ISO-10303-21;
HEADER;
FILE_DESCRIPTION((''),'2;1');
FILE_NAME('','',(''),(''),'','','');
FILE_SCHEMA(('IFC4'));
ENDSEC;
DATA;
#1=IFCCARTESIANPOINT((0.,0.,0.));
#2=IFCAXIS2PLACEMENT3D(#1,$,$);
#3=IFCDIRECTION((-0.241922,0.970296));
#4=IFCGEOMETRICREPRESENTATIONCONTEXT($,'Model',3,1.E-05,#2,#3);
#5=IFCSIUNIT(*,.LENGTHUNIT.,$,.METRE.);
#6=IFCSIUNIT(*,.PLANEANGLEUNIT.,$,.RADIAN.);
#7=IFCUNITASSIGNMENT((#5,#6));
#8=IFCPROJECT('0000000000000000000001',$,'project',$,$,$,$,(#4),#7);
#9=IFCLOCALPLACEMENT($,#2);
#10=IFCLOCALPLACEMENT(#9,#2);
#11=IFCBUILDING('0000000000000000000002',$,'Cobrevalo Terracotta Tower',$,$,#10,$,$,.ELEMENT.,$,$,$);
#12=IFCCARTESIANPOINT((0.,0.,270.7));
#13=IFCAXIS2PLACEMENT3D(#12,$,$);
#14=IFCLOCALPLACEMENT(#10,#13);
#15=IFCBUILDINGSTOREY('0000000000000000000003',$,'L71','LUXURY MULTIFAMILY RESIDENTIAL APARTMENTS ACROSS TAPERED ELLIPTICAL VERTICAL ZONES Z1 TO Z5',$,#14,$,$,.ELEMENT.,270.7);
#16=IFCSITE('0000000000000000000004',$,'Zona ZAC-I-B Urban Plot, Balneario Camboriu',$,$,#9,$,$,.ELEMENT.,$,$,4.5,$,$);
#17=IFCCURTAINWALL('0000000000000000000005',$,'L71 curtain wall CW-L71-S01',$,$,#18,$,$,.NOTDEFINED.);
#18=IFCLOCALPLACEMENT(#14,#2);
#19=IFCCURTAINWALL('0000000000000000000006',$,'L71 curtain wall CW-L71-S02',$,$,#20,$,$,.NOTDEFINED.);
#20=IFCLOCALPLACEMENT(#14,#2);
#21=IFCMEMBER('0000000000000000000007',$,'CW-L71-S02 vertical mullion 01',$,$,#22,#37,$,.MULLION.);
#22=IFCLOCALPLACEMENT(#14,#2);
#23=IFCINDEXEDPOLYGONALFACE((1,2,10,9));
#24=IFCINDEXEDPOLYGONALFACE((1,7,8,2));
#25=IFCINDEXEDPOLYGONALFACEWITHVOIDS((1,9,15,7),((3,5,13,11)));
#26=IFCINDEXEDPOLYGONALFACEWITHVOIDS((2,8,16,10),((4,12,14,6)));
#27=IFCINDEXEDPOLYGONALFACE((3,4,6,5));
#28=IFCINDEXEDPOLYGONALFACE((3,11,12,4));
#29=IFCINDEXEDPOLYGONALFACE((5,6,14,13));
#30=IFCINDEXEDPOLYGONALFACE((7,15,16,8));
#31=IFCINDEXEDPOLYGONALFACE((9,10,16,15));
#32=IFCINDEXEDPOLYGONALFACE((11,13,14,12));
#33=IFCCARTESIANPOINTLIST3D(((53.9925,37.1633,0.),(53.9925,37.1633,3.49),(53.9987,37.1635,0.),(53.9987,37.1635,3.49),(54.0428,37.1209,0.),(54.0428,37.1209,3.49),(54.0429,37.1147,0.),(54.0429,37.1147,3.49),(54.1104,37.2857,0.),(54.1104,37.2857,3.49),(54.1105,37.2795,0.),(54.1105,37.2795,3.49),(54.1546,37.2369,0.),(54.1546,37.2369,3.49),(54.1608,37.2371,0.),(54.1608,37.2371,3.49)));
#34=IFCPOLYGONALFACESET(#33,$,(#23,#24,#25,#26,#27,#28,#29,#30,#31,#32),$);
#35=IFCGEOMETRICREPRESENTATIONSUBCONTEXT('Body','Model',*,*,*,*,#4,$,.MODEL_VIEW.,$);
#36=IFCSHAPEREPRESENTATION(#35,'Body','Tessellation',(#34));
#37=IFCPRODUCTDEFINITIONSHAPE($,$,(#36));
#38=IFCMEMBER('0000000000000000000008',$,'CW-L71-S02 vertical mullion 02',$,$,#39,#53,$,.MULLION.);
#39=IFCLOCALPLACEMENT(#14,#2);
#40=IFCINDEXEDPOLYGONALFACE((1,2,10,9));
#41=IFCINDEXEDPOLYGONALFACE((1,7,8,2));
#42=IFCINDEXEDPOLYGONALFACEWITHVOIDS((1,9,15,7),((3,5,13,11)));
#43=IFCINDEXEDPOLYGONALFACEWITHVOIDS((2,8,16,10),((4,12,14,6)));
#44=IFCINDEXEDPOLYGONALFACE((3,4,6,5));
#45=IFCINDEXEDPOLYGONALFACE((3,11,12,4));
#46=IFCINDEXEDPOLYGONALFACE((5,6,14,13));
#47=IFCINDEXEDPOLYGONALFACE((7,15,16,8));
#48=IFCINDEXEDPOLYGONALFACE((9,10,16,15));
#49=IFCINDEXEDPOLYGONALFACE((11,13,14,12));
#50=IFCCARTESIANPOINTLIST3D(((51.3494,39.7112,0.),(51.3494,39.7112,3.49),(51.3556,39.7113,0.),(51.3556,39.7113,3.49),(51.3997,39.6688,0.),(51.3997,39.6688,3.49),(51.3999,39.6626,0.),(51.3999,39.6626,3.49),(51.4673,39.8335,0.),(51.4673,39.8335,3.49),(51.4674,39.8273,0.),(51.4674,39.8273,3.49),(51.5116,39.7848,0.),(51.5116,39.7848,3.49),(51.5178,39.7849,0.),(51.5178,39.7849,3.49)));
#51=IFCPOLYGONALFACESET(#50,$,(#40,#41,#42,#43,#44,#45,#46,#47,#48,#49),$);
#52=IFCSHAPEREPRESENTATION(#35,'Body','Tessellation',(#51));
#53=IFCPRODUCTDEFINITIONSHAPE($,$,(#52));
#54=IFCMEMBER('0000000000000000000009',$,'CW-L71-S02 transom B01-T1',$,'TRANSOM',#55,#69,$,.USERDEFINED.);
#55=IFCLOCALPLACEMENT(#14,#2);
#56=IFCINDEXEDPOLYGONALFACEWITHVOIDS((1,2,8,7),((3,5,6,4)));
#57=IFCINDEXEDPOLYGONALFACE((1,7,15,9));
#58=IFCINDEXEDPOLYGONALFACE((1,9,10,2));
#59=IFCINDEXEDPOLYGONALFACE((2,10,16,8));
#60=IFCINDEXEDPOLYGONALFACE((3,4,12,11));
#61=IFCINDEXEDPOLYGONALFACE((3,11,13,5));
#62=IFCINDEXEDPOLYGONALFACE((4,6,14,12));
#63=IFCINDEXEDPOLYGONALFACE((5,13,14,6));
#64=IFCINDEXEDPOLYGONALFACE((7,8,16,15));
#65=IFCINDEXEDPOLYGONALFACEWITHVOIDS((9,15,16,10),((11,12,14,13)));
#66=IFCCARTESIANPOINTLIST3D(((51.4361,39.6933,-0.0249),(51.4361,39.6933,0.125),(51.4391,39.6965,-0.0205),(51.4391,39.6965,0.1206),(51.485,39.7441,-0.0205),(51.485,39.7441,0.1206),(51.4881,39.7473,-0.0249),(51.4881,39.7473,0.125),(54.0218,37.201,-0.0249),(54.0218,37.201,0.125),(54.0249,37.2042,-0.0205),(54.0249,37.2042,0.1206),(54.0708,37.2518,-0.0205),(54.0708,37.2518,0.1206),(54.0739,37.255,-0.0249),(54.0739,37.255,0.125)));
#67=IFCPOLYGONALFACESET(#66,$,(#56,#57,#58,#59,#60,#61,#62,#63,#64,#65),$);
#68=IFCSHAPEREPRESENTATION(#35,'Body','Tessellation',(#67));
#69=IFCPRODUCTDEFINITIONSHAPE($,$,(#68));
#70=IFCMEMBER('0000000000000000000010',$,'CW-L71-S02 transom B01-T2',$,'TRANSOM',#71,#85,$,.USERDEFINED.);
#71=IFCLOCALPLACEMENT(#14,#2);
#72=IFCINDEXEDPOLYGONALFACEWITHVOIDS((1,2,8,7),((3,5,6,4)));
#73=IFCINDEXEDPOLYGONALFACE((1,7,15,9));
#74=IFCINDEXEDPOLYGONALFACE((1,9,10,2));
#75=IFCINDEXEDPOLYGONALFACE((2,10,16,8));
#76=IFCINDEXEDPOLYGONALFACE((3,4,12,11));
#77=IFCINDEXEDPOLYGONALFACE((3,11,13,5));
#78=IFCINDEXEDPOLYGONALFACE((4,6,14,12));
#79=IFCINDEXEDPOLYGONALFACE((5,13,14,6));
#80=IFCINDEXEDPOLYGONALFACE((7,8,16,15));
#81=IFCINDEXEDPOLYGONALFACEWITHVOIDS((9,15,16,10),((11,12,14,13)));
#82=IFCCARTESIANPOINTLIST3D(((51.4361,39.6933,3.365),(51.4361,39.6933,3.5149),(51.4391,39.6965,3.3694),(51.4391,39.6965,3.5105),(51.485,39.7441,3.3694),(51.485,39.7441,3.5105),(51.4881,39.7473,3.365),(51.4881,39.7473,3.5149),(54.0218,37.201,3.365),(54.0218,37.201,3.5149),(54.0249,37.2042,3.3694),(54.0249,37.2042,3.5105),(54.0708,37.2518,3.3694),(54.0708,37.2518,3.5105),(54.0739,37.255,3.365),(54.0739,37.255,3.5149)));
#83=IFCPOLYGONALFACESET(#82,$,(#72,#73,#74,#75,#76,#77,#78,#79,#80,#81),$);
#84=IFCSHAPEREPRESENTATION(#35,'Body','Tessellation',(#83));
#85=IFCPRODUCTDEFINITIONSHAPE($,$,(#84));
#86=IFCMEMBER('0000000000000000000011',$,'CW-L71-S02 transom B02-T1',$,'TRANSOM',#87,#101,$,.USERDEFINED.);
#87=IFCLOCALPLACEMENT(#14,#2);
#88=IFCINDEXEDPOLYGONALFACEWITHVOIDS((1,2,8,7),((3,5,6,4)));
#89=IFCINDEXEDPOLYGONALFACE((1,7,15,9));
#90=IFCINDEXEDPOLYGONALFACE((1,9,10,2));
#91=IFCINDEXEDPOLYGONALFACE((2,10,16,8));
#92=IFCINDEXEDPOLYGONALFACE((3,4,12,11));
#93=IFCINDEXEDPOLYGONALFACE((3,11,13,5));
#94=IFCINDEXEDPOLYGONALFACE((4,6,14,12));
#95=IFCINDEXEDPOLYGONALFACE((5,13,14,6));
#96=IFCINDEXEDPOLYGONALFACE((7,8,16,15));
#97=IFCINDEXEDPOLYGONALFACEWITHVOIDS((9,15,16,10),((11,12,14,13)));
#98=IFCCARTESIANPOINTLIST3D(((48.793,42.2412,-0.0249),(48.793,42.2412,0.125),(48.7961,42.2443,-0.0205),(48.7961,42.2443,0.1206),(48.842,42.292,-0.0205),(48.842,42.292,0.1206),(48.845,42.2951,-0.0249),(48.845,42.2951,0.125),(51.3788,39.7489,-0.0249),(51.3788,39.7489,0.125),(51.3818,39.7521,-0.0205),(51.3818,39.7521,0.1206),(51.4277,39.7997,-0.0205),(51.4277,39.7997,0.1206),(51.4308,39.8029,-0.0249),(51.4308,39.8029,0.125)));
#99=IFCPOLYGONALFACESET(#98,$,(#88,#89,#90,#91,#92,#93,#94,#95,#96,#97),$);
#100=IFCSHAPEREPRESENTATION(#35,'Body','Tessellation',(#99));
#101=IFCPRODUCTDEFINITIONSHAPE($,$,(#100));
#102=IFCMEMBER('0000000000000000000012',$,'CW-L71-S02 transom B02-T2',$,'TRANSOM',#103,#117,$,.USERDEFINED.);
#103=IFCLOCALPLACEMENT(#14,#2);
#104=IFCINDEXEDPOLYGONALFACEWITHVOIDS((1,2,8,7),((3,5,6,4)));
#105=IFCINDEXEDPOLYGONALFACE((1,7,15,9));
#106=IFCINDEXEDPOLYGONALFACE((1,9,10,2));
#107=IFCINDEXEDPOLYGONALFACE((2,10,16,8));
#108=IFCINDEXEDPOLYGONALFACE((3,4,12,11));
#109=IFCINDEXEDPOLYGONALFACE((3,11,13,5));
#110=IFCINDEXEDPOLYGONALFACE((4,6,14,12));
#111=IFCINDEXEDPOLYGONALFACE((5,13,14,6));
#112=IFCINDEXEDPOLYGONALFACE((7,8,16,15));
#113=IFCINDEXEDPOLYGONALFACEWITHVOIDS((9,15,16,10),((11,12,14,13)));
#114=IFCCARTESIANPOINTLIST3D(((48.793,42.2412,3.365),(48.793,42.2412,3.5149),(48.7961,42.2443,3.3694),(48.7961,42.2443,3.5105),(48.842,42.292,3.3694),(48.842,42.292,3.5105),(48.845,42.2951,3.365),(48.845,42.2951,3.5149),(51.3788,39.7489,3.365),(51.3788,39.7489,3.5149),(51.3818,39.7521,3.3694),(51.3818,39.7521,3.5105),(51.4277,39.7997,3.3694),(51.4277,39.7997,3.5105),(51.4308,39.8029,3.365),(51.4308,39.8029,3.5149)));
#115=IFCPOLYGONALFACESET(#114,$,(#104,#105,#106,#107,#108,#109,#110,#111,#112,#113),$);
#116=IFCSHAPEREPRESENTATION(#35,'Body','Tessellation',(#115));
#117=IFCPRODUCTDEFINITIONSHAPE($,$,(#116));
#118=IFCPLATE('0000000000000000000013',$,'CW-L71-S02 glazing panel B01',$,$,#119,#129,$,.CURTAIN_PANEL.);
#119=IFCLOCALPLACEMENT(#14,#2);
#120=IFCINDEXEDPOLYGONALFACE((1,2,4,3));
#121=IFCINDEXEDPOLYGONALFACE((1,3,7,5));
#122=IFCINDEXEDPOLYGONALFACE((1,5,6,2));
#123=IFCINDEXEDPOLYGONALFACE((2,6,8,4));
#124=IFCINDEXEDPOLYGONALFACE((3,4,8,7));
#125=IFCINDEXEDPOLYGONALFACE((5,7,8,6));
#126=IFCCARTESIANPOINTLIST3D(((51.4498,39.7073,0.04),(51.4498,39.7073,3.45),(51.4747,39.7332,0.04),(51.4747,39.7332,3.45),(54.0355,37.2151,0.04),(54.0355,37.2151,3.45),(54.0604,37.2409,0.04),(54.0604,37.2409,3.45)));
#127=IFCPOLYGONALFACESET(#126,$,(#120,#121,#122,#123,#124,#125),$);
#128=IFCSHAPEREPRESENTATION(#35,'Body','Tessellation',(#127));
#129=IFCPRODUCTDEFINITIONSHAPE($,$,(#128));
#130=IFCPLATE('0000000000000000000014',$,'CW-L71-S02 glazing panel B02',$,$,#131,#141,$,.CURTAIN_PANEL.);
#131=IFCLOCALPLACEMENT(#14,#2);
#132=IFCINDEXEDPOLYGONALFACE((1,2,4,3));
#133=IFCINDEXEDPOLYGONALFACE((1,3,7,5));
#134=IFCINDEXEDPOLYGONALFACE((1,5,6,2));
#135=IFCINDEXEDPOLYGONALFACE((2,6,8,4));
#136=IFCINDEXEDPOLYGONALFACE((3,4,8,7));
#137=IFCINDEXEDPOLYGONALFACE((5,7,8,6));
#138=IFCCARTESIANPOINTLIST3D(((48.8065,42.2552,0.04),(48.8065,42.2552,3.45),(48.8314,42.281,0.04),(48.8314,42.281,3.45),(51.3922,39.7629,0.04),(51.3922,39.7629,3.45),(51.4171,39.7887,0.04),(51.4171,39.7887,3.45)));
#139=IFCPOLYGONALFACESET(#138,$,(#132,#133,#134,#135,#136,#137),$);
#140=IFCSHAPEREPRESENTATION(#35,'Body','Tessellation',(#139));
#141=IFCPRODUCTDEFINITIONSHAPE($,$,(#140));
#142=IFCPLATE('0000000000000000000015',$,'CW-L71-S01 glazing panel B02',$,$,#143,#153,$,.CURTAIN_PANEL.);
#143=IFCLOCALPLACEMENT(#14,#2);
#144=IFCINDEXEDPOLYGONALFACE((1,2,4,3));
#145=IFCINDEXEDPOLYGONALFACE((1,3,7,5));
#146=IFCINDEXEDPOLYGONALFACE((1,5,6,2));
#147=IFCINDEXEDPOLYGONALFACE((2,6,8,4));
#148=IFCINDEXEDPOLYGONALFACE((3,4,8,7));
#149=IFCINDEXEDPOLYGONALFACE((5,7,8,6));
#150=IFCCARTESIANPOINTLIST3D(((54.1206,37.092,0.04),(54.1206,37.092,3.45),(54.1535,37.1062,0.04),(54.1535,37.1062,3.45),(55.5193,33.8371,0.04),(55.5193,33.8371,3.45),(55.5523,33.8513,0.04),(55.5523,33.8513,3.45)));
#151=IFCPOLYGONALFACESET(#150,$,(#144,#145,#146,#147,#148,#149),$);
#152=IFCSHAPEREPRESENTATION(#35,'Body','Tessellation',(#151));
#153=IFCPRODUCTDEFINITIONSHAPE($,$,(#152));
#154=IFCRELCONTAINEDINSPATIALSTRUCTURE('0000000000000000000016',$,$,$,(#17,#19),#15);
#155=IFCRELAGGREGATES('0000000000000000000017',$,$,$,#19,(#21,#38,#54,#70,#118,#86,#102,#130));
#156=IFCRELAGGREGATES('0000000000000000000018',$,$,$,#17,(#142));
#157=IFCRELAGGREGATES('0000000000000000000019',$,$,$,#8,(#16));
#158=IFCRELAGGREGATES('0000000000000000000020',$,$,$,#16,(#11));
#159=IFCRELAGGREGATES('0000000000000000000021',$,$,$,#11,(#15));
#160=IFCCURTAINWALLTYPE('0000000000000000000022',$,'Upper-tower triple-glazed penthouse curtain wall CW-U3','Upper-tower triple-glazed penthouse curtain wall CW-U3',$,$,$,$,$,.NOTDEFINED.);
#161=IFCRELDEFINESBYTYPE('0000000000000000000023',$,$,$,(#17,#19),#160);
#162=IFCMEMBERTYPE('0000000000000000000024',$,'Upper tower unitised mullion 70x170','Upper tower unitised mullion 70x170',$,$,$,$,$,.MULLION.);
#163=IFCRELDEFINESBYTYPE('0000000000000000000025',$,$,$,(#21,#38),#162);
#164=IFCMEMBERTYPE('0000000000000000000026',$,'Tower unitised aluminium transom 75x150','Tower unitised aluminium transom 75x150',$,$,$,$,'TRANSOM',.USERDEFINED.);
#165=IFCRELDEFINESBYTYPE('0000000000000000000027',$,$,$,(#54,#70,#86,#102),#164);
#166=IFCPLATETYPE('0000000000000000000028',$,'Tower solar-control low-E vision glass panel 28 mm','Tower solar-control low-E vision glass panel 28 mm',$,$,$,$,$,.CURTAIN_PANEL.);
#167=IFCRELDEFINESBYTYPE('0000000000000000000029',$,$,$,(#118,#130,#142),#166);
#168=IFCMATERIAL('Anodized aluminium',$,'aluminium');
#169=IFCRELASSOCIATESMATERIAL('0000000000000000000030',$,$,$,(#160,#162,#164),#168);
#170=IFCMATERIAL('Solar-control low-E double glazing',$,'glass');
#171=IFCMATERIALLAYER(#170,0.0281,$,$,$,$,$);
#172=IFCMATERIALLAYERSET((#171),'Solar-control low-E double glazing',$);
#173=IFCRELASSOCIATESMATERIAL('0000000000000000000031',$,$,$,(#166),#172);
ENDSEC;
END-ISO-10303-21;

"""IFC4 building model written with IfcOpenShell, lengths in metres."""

from ifc_helpers import new_model, si_unit, direction, frame, origin, origin_2d, place, context, subcontext, project, spatial, rectangle, hollow_rectangle, extrude, source, transform, mapped, material, layer, layer_set, material_profile, profile_set, type_object, element, aggregate, save


model = new_model("IFC4")

# Units and contexts
model_context = context("Model", 3, precision=1e-05, world=origin(), true_north=direction((-0.241922, 0.970296)))
body_context = subcontext(model_context, "Body", "Model", "MODEL_VIEW")
ifc_project = project(units=[si_unit("LENGTHUNIT", "METRE"), si_unit("PLANEANGLEUNIT", "RADIAN")], contexts=[model_context])

# Site, building, storey
site_placement = place(None, origin())
site = spatial("IfcSite", under=ifc_project, at=site_placement, Name="Zona ZAC-I-B Urban Plot, Balneario Camboriu", CompositionType="ELEMENT", RefElevation=4.5)
building_placement = place(site_placement, origin())
building = spatial("IfcBuilding", under=site, at=building_placement, Name="Cobrevalo Terracotta Tower", CompositionType="ELEMENT")
storey_placement = place(building_placement, frame((0.0, 0.0, 270.7)))
storey = spatial("IfcBuildingStorey", under=building, at=storey_placement, Name="L71", Description="LUXURY MULTIFAMILY RESIDENTIAL APARTMENTS ACROSS TAPERED ELLIPTICAL VERTICAL ZONES Z1 TO Z5", CompositionType="ELEMENT", Elevation=270.7)

# Curtain wall
ifc_material_1 = material(Name="Anodized aluminium", Category="aluminium")
curtain_wall_type = type_object("IfcCurtainWallType", Name="Upper-tower triple-glazed penthouse curtain wall CW-U3", Description="Upper-tower triple-glazed penthouse curtain wall CW-U3", PredefinedType="NOTDEFINED", material=ifc_material_1)
curtain_wall_1_placement = place(storey_placement, origin())
curtain_wall_1 = element("IfcCurtainWall", 1, at=curtain_wall_1_placement, inside=storey, type_object=curtain_wall_type, Name="L71 curtain wall CW-L71-S01", PredefinedType="NOTDEFINED")
ifc_material_profile_1 = material_profile(ifc_material_1, hollow_rectangle(XDim=0.0701, YDim=0.1699, WallThickness=0.0044, at=origin_2d()), Name="CWM 70x170")
ifc_profile_set_1 = profile_set([ifc_material_profile_1], Name="Anodized aluminium")
member_type_1 = type_object("IfcMemberType", Name="Upper tower unitised mullion 70x170", Description="Upper tower unitised mullion 70x170", PredefinedType="MULLION", material=ifc_profile_set_1)
shared_shape_1 = source(origin(), body_context, "Body", "SweptSolid", [
    extrude(hollow_rectangle(XDim=0.0701, YDim=0.1699, WallThickness=0.0044, at=origin_2d()), origin(), (0.0, 0.0, 1.0), 3.49),
])

# Curtain wall, members, plates
curtain_wall_2_placement = place(storey_placement, origin())
curtain_wall_2 = element("IfcCurtainWall", 2, at=curtain_wall_2_placement, inside=storey, type_object=curtain_wall_type, Name="L71 curtain wall CW-L71-S02", PredefinedType="NOTDEFINED")
member_1_placement = place(storey_placement, frame((54.0767, 37.2002, 0.0), z_axis=(0.0, 0.0, 1.0), x_axis=(-0.719994, 0.69398, 0.0)))
member_1 = element("IfcMember", 3, at=member_1_placement, type_object=member_type_1, Name="CW-L71-S02 vertical mullion 01", PredefinedType="MULLION", context=body_context, shape_type="MappedRepresentation", body=[
    mapped(shared_shape_1, transform((0.0, 0.0, 0.0), scale=1.0)),
])
member_2_placement = place(storey_placement, frame((51.4336, 39.748, 0.0), z_axis=(0.0, 0.0, 1.0), x_axis=(-0.719994, 0.69398, 0.0)))
member_2 = element("IfcMember", 4, at=member_2_placement, type_object=member_type_1, Name="CW-L71-S02 vertical mullion 02", PredefinedType="MULLION", context=body_context, shape_type="MappedRepresentation", body=[
    mapped(shared_shape_1, transform((0.0, 0.0, 0.0), scale=1.0)),
])
ifc_material_profile_2 = material_profile(ifc_material_1, hollow_rectangle(XDim=0.075, YDim=0.1499, WallThickness=0.0044, at=origin_2d()), Name="CWT 75x150")
ifc_profile_set_2 = profile_set([ifc_material_profile_2], Name="Anodized aluminium")
member_type_2 = type_object("IfcMemberType", Name="Tower unitised aluminium transom 75x150", Description="Tower unitised aluminium transom 75x150", ElementType="TRANSOM", PredefinedType="USERDEFINED", material=ifc_profile_set_2)
shared_shape_2 = source(origin(), body_context, "Body", "SweptSolid", [
    extrude(hollow_rectangle(XDim=0.075, YDim=0.1499, WallThickness=0.0044, at=origin_2d()), origin(), (0.0, 0.0, 1.0), 3.5913),
])
member_3_placement = place(storey_placement, frame((54.0479, 37.228, 0.05), z_axis=(-0.720006, 0.693968, 0.0), x_axis=(-0.693968, -0.720006, 0.0)))
member_3 = element("IfcMember", 5, at=member_3_placement, type_object=member_type_2, Name="CW-L71-S02 transom B01-T1", ObjectType="TRANSOM", PredefinedType="USERDEFINED", context=body_context, shape_type="MappedRepresentation", body=[
    mapped(shared_shape_2, transform((0.0, 0.0, 0.0), scale=1.0)),
])
member_4_placement = place(storey_placement, frame((54.0479, 37.228, 3.4399), z_axis=(-0.720006, 0.693968, 0.0), x_axis=(-0.693968, -0.720006, 0.0)))
member_4 = element("IfcMember", 6, at=member_4_placement, type_object=member_type_2, Name="CW-L71-S02 transom B01-T2", ObjectType="TRANSOM", PredefinedType="USERDEFINED", context=body_context, shape_type="MappedRepresentation", body=[
    mapped(shared_shape_2, transform((0.0, 0.0, 0.0), scale=1.0)),
])
member_5_placement = place(storey_placement, frame((51.4048, 39.7759, 0.05), z_axis=(-0.720006, 0.693968, 0.0), x_axis=(-0.693968, -0.720006, 0.0)))
member_5 = element("IfcMember", 7, at=member_5_placement, type_object=member_type_2, Name="CW-L71-S02 transom B02-T1", ObjectType="TRANSOM", PredefinedType="USERDEFINED", context=body_context, shape_type="MappedRepresentation", body=[
    mapped(shared_shape_2, transform((0.0, 0.0, 0.0), scale=1.0)),
])
member_6_placement = place(storey_placement, frame((51.4048, 39.7759, 3.4399), z_axis=(-0.720006, 0.693968, 0.0), x_axis=(-0.693968, -0.720006, 0.0)))
member_6 = element("IfcMember", 8, at=member_6_placement, type_object=member_type_2, Name="CW-L71-S02 transom B02-T2", ObjectType="TRANSOM", PredefinedType="USERDEFINED", context=body_context, shape_type="MappedRepresentation", body=[
    mapped(shared_shape_2, transform((0.0, 0.0, 0.0), scale=1.0)),
])
ifc_material_2 = material(Name="Solar-control low-E double glazing", Category="glass")
ifc_layer_1 = layer(ifc_material_2, 0.0281)
ifc_layer_set_1 = layer_set([ifc_layer_1], Name="Solar-control low-E double glazing")
plate_type = type_object("IfcPlateType", Name="Tower solar-control low-E vision glass panel 28 mm", Description="Tower solar-control low-E vision glass panel 28 mm", PredefinedType="CURTAIN_PANEL", material=ifc_layer_set_1)
shared_shape_3 = source(origin(), body_context, "Body", "SweptSolid", [
    extrude(rectangle(XDim=3.5913, YDim=0.0359, at=origin_2d()), origin(), (0.0, 0.0, 1.0), 3.4099),
])
plate_1_placement = place(storey_placement, frame((52.7551, 38.4741, 0.04), z_axis=(0.0, 0.0, 1.0), x_axis=(-0.719997, 0.693978, 0.0)))
plate_1 = element("IfcPlate", 9, at=plate_1_placement, type_object=plate_type, Name="CW-L71-S02 glazing panel B01", PredefinedType="CURTAIN_PANEL", context=body_context, shape_type="MappedRepresentation", body=[
    mapped(shared_shape_3, transform((0.0, 0.0, 0.0), scale=1.0)),
])
plate_2_placement = place(storey_placement, frame((50.1118, 41.022, 0.04), z_axis=(0.0, 0.0, 1.0), x_axis=(-0.719997, 0.693978, 0.0)))
plate_2 = element("IfcPlate", 10, at=plate_2_placement, type_object=plate_type, Name="CW-L71-S02 glazing panel B02", PredefinedType="CURTAIN_PANEL", context=body_context, shape_type="MappedRepresentation", body=[
    mapped(shared_shape_3, transform((0.0, 0.0, 0.0), scale=1.0)),
])
aggregate(curtain_wall_2, [member_1, member_2, member_3, member_4, plate_1, member_5, member_6, plate_2])

# Plate
shared_shape_4 = source(origin(), body_context, "Body", "SweptSolid", [
    extrude(rectangle(XDim=3.5427, YDim=0.0359, at=origin_2d()), origin(), (0.0, 0.0, 1.0), 3.4099),
])
plate_3_placement = place(storey_placement, frame((54.8364, 35.4717, 0.04), z_axis=(0.0, 0.0, 1.0), x_axis=(-0.394829, 0.918755, 0.0)))
plate_3 = element("IfcPlate", 11, at=plate_3_placement, type_object=plate_type, Name="CW-L71-S01 glazing panel B02", PredefinedType="CURTAIN_PANEL", context=body_context, shape_type="MappedRepresentation", body=[
    mapped(shared_shape_4, transform((0.0, 0.0, 0.0), scale=1.0)),
])
aggregate(curtain_wall_1, [plate_3])

save(model, "model.ifc")
